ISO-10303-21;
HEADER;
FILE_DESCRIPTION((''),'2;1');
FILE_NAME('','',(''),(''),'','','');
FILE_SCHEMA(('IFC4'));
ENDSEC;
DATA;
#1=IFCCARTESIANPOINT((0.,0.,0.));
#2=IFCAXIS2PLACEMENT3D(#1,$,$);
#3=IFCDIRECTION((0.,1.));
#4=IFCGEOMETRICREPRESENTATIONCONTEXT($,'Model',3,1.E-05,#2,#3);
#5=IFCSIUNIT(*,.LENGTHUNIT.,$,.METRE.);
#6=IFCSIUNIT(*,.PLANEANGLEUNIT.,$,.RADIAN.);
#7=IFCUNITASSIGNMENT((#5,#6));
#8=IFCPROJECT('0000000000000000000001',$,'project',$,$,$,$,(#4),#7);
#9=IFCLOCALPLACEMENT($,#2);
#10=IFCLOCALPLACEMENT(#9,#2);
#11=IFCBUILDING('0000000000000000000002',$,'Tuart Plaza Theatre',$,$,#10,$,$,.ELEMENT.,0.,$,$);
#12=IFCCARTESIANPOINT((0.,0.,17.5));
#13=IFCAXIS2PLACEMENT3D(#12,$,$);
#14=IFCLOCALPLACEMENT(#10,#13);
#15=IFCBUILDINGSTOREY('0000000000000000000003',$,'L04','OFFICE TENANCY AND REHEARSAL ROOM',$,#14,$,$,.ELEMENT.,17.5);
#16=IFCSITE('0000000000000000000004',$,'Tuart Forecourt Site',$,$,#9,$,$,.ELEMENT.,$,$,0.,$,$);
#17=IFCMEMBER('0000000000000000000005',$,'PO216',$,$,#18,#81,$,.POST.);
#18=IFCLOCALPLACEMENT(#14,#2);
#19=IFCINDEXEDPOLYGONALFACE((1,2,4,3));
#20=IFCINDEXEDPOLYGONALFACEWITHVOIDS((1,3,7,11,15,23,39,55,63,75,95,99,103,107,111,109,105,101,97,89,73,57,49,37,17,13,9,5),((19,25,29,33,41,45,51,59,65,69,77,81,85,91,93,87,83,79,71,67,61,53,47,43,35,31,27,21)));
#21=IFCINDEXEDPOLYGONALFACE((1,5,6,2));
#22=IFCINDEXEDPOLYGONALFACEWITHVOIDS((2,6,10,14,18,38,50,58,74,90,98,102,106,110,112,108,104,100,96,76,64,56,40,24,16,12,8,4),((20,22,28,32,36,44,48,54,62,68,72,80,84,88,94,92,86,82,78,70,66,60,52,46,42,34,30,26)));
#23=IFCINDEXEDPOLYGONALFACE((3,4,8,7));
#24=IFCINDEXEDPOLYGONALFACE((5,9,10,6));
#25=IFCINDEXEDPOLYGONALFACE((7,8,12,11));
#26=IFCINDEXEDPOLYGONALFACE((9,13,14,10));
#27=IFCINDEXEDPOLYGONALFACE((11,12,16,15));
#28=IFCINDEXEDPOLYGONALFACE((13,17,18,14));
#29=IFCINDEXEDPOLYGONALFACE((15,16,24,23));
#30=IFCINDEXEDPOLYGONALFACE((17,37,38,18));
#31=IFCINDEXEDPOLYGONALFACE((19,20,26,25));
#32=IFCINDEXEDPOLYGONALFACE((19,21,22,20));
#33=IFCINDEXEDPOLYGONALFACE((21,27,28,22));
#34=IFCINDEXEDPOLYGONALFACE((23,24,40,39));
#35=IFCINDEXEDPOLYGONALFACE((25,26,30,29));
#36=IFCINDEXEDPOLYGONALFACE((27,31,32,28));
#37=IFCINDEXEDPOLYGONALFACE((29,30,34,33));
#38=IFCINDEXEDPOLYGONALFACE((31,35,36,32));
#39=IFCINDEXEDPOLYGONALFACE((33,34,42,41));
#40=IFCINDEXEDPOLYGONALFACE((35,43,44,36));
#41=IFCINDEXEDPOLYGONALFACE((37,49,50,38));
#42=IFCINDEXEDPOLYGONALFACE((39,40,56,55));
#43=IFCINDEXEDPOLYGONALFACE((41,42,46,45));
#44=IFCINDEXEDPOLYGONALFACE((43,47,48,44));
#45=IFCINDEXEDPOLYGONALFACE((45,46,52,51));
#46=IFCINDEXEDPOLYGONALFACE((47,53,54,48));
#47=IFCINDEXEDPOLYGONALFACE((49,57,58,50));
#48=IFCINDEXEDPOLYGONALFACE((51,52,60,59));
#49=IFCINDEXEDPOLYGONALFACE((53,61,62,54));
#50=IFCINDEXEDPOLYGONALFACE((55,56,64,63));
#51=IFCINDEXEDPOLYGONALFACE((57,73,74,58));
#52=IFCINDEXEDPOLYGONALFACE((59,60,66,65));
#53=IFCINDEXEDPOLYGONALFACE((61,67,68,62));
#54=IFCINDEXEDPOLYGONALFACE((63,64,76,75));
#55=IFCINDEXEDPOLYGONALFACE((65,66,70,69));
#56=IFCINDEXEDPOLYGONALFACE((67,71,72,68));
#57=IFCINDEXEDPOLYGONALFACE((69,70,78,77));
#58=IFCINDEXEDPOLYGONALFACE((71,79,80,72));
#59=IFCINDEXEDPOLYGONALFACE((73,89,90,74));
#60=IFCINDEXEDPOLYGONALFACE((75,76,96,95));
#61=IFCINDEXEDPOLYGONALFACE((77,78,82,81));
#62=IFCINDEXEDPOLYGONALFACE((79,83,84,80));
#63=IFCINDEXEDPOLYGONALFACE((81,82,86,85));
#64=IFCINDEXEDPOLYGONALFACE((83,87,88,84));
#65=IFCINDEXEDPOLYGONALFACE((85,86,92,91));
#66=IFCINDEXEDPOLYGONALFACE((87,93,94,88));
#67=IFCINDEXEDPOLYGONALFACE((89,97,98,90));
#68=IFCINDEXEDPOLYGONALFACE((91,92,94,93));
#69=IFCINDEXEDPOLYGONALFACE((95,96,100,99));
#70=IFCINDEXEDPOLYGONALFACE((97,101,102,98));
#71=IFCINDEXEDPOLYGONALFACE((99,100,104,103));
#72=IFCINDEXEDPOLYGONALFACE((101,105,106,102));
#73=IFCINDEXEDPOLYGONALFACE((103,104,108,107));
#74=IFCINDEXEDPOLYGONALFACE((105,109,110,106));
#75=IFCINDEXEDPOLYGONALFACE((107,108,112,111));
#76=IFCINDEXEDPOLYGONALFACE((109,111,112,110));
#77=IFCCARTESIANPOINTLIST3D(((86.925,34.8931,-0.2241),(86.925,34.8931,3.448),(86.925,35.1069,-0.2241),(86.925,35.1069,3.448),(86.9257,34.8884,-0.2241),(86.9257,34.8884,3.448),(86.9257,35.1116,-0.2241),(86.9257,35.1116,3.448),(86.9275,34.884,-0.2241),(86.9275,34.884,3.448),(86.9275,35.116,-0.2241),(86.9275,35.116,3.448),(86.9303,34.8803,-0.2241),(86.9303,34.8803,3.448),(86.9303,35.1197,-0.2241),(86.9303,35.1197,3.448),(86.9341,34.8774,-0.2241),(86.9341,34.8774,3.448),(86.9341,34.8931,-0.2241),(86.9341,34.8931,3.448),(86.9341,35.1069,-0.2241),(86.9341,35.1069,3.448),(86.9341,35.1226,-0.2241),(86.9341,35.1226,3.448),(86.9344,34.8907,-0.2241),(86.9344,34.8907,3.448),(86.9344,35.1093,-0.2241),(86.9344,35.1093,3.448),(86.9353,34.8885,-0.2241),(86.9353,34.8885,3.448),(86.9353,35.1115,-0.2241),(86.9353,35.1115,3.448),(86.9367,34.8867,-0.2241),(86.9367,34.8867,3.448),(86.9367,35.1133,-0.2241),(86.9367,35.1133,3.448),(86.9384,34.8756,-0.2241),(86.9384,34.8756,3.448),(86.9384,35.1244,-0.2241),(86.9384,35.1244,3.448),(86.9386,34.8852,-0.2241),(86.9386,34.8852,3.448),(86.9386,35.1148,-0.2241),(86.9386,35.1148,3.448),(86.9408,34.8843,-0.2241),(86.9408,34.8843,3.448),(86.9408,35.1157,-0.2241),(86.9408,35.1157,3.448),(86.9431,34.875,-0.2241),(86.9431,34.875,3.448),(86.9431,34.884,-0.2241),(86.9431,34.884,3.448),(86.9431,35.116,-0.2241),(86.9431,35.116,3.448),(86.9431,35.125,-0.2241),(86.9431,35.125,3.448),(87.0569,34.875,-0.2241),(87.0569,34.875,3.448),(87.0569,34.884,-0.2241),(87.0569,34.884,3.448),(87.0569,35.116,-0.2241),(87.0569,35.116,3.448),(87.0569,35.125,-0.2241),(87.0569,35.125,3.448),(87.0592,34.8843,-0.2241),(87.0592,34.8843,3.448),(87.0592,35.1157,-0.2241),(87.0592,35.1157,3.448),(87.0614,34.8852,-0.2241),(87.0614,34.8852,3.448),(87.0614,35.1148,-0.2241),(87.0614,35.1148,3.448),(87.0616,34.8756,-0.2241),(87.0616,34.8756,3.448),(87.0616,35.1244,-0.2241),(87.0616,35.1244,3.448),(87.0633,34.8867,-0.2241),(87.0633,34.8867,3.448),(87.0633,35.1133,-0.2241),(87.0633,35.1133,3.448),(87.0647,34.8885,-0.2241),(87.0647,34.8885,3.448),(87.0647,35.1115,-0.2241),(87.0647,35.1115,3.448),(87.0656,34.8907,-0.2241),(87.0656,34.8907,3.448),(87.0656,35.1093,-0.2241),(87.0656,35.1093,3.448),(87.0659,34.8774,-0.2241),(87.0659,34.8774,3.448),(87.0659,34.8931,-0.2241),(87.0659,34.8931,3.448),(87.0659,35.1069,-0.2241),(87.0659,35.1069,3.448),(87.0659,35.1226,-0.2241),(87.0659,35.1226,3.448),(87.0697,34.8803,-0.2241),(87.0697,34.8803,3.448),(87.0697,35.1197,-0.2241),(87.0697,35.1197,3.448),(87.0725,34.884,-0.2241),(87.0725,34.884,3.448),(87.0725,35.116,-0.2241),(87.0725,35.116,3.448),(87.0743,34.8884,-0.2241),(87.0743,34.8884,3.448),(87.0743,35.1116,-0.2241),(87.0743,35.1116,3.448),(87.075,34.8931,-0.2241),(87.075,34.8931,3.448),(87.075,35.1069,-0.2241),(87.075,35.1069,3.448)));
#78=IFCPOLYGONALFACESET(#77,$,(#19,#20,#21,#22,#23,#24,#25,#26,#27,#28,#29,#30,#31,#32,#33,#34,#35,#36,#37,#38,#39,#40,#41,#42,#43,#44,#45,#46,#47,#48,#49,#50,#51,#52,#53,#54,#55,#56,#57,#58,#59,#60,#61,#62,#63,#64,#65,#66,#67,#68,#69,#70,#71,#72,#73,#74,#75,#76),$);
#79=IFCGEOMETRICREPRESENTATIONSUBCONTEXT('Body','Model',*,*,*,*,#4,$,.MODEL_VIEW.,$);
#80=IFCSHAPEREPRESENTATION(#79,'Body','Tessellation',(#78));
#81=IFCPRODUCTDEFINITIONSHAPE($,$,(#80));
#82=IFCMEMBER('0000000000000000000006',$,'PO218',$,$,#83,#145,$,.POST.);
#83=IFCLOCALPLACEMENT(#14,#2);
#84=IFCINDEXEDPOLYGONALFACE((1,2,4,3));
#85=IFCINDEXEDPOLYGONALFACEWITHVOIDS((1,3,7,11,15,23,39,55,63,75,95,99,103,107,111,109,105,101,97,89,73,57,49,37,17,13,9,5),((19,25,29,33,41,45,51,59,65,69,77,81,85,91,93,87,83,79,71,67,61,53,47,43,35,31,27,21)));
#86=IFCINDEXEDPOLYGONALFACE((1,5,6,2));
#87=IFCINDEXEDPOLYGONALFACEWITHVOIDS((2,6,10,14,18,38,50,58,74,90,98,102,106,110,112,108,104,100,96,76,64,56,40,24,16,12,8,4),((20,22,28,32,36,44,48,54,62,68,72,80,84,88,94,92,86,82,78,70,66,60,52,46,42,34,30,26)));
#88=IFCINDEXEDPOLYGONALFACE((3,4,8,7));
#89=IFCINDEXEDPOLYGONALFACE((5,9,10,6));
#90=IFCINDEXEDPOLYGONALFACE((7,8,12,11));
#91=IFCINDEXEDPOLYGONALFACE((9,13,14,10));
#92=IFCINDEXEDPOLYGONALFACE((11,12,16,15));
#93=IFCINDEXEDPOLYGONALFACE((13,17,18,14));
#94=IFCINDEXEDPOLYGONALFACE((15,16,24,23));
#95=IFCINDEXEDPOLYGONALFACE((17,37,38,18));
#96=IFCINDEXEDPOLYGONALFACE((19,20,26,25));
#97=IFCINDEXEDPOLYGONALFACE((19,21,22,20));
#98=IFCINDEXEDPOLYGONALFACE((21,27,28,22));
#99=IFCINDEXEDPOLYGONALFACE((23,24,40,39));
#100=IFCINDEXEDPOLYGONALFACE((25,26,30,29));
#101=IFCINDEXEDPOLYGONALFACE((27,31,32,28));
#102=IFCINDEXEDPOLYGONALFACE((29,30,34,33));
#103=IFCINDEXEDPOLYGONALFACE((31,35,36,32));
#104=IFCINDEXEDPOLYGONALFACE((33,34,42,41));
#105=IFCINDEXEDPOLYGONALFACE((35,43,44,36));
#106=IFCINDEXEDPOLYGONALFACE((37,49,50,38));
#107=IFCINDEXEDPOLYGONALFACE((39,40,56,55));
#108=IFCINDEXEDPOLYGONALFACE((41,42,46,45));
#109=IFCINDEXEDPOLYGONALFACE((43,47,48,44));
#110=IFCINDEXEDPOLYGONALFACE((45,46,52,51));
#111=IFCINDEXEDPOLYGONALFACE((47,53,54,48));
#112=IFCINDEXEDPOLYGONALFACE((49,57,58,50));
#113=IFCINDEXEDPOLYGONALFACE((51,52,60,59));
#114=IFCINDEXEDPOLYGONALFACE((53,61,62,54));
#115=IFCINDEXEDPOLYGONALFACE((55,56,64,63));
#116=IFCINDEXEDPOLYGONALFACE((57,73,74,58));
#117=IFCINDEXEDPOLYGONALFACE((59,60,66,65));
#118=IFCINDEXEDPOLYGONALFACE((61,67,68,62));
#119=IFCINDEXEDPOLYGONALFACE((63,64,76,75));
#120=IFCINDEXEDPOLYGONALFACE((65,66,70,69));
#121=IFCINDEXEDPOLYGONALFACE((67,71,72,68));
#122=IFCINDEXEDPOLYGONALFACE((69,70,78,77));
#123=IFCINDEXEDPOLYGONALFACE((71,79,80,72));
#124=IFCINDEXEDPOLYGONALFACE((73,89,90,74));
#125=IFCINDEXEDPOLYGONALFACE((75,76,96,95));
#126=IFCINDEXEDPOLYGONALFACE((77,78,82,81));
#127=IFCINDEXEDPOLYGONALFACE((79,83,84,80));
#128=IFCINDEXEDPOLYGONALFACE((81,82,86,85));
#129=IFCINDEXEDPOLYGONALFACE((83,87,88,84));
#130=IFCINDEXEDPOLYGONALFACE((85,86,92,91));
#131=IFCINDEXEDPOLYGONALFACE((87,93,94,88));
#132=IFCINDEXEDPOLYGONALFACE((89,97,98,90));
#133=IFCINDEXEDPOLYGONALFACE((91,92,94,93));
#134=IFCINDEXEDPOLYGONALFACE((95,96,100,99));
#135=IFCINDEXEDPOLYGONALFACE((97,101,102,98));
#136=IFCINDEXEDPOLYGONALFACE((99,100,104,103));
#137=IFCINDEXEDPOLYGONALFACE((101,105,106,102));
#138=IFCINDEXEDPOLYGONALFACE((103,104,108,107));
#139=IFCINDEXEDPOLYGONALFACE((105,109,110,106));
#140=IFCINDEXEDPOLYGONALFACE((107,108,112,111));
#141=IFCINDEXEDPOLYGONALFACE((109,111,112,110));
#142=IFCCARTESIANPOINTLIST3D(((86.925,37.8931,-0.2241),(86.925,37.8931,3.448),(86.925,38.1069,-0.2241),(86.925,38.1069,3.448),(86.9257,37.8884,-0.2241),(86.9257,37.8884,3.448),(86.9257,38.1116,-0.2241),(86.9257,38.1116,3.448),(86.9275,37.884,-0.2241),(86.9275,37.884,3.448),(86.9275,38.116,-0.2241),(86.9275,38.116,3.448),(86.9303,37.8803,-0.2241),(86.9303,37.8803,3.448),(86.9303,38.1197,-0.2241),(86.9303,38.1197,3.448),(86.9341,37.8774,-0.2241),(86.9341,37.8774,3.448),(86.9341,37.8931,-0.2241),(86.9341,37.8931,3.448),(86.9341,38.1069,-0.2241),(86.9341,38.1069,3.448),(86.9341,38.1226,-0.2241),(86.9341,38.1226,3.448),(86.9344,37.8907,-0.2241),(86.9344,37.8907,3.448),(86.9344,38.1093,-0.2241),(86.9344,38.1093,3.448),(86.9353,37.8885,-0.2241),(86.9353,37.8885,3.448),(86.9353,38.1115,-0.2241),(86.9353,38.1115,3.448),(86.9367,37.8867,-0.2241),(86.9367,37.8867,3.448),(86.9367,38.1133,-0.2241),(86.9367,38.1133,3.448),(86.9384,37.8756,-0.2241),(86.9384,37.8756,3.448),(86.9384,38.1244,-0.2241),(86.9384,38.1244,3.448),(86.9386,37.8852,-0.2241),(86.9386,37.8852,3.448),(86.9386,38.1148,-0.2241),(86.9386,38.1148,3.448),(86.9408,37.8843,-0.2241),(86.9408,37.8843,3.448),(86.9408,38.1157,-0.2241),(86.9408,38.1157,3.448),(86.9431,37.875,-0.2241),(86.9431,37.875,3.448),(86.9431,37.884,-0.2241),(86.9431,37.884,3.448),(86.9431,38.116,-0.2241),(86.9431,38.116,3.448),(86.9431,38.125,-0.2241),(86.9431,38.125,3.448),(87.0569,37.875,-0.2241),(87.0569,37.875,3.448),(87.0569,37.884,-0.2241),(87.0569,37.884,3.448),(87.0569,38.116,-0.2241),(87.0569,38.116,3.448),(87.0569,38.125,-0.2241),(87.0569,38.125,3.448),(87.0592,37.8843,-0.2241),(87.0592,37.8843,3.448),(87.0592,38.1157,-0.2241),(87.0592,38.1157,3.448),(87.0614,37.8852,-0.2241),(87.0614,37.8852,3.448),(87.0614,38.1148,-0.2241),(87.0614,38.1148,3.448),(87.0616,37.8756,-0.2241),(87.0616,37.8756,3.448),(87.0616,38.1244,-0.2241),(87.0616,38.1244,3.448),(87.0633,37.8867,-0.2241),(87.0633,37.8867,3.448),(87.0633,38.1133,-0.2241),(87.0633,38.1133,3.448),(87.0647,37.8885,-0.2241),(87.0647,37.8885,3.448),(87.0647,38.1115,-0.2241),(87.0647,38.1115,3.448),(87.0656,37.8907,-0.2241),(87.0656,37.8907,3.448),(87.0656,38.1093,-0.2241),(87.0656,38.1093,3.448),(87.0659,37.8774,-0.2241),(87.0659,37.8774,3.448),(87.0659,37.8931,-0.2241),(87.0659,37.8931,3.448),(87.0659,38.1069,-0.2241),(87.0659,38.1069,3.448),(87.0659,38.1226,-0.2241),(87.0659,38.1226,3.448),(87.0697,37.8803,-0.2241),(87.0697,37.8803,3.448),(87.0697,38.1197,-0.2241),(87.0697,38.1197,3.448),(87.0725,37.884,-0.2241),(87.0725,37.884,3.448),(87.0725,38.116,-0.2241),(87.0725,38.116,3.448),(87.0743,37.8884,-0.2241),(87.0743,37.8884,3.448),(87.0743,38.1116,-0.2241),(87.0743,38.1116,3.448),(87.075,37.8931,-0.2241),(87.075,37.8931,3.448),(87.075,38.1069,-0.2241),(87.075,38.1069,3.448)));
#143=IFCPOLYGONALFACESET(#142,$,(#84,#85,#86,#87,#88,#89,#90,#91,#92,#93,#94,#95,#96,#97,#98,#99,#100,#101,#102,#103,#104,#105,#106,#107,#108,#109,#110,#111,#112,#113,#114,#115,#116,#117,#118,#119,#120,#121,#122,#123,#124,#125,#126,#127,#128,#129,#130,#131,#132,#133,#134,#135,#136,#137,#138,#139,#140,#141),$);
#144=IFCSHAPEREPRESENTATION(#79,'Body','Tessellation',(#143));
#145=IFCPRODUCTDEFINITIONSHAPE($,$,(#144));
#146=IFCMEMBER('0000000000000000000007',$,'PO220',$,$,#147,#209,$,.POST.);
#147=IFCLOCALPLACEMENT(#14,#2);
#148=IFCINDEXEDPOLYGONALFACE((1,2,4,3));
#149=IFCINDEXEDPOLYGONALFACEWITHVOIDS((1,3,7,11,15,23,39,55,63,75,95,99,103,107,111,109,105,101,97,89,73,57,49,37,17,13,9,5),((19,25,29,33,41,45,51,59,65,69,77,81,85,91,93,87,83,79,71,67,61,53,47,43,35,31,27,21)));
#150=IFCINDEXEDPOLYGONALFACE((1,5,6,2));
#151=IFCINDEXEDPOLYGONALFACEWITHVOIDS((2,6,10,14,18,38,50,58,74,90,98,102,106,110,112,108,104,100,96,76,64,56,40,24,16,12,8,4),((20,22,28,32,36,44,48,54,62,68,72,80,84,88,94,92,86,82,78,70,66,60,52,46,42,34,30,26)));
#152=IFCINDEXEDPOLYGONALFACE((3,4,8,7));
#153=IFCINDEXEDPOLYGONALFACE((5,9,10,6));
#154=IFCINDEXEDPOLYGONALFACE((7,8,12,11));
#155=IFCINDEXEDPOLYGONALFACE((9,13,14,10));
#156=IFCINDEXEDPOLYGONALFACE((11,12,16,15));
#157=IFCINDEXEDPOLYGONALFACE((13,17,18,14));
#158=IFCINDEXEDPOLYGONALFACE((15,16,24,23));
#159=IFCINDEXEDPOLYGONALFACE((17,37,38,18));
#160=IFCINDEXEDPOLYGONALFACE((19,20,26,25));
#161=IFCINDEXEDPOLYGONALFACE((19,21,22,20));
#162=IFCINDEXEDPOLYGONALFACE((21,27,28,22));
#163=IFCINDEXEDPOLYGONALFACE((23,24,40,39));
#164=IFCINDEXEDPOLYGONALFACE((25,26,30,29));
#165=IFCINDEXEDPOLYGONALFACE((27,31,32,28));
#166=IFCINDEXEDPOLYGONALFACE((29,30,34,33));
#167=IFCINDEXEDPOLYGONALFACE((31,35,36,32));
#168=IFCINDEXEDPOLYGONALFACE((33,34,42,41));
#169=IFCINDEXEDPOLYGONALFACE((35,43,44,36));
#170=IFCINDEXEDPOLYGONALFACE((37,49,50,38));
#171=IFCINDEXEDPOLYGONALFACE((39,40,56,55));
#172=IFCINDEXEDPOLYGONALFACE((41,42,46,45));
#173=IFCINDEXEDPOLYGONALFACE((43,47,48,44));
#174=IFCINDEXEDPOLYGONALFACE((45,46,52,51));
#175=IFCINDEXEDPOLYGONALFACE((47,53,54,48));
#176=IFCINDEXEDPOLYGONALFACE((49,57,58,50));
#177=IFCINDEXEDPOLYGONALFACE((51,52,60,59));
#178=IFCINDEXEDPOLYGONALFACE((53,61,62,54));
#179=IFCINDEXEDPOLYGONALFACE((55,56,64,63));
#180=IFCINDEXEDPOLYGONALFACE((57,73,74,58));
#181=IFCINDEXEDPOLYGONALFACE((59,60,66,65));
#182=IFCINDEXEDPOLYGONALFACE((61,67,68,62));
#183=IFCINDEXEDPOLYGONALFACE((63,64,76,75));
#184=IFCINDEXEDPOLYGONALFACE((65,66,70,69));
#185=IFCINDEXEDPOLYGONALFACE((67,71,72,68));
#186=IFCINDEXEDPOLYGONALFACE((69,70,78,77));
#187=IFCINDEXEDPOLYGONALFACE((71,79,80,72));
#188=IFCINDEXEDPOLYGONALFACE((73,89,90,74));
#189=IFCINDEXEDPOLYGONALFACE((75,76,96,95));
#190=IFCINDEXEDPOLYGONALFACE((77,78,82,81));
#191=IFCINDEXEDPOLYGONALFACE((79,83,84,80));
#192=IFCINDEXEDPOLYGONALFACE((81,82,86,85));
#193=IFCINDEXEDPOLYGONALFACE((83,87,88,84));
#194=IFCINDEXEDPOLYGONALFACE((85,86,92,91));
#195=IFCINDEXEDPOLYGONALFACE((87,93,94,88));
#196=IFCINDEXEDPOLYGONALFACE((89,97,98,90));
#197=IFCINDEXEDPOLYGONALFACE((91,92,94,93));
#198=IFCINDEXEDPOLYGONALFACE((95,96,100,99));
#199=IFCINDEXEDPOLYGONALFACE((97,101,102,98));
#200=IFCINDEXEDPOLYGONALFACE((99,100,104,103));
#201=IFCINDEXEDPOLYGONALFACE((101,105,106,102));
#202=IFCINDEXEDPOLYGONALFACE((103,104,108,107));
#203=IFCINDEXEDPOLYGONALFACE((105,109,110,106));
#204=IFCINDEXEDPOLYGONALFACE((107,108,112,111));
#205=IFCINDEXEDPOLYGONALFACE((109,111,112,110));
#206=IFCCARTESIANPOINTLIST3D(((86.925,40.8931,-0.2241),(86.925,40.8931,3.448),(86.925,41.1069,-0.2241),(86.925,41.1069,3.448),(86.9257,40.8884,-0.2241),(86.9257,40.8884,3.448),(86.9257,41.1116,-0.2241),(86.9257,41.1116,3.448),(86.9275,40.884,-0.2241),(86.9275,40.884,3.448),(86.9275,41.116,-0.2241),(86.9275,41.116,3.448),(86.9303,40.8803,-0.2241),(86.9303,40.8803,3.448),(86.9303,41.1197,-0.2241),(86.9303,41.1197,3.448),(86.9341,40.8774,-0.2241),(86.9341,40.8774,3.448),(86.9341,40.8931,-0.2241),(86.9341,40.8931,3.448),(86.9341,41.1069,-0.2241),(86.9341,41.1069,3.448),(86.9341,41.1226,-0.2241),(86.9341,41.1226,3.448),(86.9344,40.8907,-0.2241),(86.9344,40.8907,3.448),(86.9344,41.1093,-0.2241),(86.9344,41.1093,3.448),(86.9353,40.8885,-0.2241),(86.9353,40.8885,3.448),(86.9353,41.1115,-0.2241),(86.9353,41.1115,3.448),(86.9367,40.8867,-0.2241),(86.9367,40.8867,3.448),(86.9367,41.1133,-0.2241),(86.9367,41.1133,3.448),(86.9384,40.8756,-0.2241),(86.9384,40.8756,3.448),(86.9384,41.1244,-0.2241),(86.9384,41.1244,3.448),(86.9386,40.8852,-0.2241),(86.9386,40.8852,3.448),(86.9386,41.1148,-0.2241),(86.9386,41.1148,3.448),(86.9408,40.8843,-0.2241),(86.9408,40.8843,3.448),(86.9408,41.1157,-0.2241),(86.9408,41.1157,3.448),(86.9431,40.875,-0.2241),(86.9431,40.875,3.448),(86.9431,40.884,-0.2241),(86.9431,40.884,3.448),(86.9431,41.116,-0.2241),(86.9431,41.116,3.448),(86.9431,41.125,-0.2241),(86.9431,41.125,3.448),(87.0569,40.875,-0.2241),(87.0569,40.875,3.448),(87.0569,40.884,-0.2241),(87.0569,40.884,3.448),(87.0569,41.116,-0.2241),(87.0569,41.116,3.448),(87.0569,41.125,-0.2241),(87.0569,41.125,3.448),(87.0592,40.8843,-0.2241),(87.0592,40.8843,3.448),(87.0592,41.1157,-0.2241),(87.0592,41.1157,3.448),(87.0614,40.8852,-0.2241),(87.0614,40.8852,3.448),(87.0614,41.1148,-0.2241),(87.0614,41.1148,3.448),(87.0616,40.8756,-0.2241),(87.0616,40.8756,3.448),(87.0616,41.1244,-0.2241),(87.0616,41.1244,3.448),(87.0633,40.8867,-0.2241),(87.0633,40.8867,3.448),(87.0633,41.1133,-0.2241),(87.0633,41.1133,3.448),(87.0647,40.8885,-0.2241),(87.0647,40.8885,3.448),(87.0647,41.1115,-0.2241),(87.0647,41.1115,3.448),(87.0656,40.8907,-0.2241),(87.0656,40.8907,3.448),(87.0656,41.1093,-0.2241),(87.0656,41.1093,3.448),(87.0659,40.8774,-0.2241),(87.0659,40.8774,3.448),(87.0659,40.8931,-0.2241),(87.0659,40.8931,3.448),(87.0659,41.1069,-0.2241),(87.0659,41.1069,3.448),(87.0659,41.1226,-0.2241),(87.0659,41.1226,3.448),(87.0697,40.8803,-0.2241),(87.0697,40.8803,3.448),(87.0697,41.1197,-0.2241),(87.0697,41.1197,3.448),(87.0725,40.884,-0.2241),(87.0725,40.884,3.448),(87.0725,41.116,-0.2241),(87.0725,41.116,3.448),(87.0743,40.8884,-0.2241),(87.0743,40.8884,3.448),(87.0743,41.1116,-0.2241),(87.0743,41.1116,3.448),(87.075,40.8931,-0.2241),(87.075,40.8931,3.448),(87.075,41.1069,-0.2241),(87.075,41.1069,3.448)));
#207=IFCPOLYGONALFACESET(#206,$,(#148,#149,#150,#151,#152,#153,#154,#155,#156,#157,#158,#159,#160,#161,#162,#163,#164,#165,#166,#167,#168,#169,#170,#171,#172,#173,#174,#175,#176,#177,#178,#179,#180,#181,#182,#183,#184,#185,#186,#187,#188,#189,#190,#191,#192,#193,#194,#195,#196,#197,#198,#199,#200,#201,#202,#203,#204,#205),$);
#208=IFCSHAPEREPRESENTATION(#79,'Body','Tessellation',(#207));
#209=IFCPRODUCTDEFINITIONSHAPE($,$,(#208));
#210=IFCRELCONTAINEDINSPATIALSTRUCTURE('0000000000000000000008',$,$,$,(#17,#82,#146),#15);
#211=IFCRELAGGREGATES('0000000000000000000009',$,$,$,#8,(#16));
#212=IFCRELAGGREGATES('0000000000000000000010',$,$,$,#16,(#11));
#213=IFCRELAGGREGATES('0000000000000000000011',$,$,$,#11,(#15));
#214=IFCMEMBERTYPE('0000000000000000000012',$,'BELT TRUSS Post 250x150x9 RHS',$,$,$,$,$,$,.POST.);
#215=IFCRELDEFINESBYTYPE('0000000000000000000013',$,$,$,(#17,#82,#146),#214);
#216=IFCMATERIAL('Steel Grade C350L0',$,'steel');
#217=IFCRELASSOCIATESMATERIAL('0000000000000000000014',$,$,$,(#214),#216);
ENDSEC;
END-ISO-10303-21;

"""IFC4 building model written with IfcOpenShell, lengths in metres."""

from ifc_helpers import new_model, si_unit, direction, frame, origin, origin_2d, place, context, subcontext, project, spatial, hollow_rectangle, extrude, material, material_profile, profile_set, type_object, element, save


model = new_model("IFC4")

# Units and contexts
model_context = context("Model", 3, precision=1e-05, world=origin(), true_north=direction((0.0, 1.0)))
body_context = subcontext(model_context, "Body", "Model", "MODEL_VIEW")
ifc_project = project(units=[si_unit("LENGTHUNIT", "METRE"), si_unit("PLANEANGLEUNIT", "RADIAN")], contexts=[model_context])

# Site, building, storey
site_placement = place(None, origin())
site = spatial("IfcSite", under=ifc_project, at=site_placement, Name="Tuart Forecourt Site", CompositionType="ELEMENT", RefElevation=0.0)
building_placement = place(site_placement, origin())
building = spatial("IfcBuilding", under=site, at=building_placement, Name="Tuart Plaza Theatre", CompositionType="ELEMENT", ElevationOfRefHeight=0.0)
storey_placement = place(building_placement, frame((0.0, 0.0, 17.5)))
storey = spatial("IfcBuildingStorey", under=building, at=storey_placement, Name="L04", Description="OFFICE TENANCY AND REHEARSAL ROOM", CompositionType="ELEMENT", Elevation=17.5)

# Members
ifc_material_1 = material(Name="Steel Grade C350L0", Category="steel")
ifc_material_profile_1 = material_profile(ifc_material_1, hollow_rectangle(XDim=0.1499, YDim=0.25, WallThickness=0.009, InnerFilletRadius=0.009, OuterFilletRadius=0.0181, at=origin_2d()), Name="250x150x9 RHS")
ifc_profile_set_1 = profile_set([ifc_material_profile_1], Name="Steel Grade C350L0")
member_type_1 = type_object("IfcMemberType", Name="BELT TRUSS Post 250x150x9 RHS", PredefinedType="POST", material=ifc_profile_set_1)
for number, where, z_axis, x_axis, name in (
    (1, (87.0, 35.0, -0.2241), (0.0, 0.0, 1.0), (1.0, 0.0, 0.0), "PO216"),
    (2, (87.0, 38.0, -0.2241), (0.0, 0.0, 1.0), (1.0, 0.0, 0.0), "PO218"),
    (3, (87.0, 41.0, -0.2241), (0.0, 0.0, 1.0), (1.0, 0.0, 0.0), "PO220"),
):
    element("IfcMember", number, at=place(storey_placement, frame(where, z_axis=z_axis, x_axis=x_axis)), inside=storey, type_object=member_type_1, Name=name, PredefinedType="POST", context=body_context, shape_type="SweptSolid", body=[
        extrude(hollow_rectangle(XDim=0.1499, YDim=0.25, WallThickness=0.009, InnerFilletRadius=0.009, OuterFilletRadius=0.0181, at=origin_2d()), origin(), (0.0, 0.0, 1.0), 3.6721),
    ])

save(model, "model.ifc")
